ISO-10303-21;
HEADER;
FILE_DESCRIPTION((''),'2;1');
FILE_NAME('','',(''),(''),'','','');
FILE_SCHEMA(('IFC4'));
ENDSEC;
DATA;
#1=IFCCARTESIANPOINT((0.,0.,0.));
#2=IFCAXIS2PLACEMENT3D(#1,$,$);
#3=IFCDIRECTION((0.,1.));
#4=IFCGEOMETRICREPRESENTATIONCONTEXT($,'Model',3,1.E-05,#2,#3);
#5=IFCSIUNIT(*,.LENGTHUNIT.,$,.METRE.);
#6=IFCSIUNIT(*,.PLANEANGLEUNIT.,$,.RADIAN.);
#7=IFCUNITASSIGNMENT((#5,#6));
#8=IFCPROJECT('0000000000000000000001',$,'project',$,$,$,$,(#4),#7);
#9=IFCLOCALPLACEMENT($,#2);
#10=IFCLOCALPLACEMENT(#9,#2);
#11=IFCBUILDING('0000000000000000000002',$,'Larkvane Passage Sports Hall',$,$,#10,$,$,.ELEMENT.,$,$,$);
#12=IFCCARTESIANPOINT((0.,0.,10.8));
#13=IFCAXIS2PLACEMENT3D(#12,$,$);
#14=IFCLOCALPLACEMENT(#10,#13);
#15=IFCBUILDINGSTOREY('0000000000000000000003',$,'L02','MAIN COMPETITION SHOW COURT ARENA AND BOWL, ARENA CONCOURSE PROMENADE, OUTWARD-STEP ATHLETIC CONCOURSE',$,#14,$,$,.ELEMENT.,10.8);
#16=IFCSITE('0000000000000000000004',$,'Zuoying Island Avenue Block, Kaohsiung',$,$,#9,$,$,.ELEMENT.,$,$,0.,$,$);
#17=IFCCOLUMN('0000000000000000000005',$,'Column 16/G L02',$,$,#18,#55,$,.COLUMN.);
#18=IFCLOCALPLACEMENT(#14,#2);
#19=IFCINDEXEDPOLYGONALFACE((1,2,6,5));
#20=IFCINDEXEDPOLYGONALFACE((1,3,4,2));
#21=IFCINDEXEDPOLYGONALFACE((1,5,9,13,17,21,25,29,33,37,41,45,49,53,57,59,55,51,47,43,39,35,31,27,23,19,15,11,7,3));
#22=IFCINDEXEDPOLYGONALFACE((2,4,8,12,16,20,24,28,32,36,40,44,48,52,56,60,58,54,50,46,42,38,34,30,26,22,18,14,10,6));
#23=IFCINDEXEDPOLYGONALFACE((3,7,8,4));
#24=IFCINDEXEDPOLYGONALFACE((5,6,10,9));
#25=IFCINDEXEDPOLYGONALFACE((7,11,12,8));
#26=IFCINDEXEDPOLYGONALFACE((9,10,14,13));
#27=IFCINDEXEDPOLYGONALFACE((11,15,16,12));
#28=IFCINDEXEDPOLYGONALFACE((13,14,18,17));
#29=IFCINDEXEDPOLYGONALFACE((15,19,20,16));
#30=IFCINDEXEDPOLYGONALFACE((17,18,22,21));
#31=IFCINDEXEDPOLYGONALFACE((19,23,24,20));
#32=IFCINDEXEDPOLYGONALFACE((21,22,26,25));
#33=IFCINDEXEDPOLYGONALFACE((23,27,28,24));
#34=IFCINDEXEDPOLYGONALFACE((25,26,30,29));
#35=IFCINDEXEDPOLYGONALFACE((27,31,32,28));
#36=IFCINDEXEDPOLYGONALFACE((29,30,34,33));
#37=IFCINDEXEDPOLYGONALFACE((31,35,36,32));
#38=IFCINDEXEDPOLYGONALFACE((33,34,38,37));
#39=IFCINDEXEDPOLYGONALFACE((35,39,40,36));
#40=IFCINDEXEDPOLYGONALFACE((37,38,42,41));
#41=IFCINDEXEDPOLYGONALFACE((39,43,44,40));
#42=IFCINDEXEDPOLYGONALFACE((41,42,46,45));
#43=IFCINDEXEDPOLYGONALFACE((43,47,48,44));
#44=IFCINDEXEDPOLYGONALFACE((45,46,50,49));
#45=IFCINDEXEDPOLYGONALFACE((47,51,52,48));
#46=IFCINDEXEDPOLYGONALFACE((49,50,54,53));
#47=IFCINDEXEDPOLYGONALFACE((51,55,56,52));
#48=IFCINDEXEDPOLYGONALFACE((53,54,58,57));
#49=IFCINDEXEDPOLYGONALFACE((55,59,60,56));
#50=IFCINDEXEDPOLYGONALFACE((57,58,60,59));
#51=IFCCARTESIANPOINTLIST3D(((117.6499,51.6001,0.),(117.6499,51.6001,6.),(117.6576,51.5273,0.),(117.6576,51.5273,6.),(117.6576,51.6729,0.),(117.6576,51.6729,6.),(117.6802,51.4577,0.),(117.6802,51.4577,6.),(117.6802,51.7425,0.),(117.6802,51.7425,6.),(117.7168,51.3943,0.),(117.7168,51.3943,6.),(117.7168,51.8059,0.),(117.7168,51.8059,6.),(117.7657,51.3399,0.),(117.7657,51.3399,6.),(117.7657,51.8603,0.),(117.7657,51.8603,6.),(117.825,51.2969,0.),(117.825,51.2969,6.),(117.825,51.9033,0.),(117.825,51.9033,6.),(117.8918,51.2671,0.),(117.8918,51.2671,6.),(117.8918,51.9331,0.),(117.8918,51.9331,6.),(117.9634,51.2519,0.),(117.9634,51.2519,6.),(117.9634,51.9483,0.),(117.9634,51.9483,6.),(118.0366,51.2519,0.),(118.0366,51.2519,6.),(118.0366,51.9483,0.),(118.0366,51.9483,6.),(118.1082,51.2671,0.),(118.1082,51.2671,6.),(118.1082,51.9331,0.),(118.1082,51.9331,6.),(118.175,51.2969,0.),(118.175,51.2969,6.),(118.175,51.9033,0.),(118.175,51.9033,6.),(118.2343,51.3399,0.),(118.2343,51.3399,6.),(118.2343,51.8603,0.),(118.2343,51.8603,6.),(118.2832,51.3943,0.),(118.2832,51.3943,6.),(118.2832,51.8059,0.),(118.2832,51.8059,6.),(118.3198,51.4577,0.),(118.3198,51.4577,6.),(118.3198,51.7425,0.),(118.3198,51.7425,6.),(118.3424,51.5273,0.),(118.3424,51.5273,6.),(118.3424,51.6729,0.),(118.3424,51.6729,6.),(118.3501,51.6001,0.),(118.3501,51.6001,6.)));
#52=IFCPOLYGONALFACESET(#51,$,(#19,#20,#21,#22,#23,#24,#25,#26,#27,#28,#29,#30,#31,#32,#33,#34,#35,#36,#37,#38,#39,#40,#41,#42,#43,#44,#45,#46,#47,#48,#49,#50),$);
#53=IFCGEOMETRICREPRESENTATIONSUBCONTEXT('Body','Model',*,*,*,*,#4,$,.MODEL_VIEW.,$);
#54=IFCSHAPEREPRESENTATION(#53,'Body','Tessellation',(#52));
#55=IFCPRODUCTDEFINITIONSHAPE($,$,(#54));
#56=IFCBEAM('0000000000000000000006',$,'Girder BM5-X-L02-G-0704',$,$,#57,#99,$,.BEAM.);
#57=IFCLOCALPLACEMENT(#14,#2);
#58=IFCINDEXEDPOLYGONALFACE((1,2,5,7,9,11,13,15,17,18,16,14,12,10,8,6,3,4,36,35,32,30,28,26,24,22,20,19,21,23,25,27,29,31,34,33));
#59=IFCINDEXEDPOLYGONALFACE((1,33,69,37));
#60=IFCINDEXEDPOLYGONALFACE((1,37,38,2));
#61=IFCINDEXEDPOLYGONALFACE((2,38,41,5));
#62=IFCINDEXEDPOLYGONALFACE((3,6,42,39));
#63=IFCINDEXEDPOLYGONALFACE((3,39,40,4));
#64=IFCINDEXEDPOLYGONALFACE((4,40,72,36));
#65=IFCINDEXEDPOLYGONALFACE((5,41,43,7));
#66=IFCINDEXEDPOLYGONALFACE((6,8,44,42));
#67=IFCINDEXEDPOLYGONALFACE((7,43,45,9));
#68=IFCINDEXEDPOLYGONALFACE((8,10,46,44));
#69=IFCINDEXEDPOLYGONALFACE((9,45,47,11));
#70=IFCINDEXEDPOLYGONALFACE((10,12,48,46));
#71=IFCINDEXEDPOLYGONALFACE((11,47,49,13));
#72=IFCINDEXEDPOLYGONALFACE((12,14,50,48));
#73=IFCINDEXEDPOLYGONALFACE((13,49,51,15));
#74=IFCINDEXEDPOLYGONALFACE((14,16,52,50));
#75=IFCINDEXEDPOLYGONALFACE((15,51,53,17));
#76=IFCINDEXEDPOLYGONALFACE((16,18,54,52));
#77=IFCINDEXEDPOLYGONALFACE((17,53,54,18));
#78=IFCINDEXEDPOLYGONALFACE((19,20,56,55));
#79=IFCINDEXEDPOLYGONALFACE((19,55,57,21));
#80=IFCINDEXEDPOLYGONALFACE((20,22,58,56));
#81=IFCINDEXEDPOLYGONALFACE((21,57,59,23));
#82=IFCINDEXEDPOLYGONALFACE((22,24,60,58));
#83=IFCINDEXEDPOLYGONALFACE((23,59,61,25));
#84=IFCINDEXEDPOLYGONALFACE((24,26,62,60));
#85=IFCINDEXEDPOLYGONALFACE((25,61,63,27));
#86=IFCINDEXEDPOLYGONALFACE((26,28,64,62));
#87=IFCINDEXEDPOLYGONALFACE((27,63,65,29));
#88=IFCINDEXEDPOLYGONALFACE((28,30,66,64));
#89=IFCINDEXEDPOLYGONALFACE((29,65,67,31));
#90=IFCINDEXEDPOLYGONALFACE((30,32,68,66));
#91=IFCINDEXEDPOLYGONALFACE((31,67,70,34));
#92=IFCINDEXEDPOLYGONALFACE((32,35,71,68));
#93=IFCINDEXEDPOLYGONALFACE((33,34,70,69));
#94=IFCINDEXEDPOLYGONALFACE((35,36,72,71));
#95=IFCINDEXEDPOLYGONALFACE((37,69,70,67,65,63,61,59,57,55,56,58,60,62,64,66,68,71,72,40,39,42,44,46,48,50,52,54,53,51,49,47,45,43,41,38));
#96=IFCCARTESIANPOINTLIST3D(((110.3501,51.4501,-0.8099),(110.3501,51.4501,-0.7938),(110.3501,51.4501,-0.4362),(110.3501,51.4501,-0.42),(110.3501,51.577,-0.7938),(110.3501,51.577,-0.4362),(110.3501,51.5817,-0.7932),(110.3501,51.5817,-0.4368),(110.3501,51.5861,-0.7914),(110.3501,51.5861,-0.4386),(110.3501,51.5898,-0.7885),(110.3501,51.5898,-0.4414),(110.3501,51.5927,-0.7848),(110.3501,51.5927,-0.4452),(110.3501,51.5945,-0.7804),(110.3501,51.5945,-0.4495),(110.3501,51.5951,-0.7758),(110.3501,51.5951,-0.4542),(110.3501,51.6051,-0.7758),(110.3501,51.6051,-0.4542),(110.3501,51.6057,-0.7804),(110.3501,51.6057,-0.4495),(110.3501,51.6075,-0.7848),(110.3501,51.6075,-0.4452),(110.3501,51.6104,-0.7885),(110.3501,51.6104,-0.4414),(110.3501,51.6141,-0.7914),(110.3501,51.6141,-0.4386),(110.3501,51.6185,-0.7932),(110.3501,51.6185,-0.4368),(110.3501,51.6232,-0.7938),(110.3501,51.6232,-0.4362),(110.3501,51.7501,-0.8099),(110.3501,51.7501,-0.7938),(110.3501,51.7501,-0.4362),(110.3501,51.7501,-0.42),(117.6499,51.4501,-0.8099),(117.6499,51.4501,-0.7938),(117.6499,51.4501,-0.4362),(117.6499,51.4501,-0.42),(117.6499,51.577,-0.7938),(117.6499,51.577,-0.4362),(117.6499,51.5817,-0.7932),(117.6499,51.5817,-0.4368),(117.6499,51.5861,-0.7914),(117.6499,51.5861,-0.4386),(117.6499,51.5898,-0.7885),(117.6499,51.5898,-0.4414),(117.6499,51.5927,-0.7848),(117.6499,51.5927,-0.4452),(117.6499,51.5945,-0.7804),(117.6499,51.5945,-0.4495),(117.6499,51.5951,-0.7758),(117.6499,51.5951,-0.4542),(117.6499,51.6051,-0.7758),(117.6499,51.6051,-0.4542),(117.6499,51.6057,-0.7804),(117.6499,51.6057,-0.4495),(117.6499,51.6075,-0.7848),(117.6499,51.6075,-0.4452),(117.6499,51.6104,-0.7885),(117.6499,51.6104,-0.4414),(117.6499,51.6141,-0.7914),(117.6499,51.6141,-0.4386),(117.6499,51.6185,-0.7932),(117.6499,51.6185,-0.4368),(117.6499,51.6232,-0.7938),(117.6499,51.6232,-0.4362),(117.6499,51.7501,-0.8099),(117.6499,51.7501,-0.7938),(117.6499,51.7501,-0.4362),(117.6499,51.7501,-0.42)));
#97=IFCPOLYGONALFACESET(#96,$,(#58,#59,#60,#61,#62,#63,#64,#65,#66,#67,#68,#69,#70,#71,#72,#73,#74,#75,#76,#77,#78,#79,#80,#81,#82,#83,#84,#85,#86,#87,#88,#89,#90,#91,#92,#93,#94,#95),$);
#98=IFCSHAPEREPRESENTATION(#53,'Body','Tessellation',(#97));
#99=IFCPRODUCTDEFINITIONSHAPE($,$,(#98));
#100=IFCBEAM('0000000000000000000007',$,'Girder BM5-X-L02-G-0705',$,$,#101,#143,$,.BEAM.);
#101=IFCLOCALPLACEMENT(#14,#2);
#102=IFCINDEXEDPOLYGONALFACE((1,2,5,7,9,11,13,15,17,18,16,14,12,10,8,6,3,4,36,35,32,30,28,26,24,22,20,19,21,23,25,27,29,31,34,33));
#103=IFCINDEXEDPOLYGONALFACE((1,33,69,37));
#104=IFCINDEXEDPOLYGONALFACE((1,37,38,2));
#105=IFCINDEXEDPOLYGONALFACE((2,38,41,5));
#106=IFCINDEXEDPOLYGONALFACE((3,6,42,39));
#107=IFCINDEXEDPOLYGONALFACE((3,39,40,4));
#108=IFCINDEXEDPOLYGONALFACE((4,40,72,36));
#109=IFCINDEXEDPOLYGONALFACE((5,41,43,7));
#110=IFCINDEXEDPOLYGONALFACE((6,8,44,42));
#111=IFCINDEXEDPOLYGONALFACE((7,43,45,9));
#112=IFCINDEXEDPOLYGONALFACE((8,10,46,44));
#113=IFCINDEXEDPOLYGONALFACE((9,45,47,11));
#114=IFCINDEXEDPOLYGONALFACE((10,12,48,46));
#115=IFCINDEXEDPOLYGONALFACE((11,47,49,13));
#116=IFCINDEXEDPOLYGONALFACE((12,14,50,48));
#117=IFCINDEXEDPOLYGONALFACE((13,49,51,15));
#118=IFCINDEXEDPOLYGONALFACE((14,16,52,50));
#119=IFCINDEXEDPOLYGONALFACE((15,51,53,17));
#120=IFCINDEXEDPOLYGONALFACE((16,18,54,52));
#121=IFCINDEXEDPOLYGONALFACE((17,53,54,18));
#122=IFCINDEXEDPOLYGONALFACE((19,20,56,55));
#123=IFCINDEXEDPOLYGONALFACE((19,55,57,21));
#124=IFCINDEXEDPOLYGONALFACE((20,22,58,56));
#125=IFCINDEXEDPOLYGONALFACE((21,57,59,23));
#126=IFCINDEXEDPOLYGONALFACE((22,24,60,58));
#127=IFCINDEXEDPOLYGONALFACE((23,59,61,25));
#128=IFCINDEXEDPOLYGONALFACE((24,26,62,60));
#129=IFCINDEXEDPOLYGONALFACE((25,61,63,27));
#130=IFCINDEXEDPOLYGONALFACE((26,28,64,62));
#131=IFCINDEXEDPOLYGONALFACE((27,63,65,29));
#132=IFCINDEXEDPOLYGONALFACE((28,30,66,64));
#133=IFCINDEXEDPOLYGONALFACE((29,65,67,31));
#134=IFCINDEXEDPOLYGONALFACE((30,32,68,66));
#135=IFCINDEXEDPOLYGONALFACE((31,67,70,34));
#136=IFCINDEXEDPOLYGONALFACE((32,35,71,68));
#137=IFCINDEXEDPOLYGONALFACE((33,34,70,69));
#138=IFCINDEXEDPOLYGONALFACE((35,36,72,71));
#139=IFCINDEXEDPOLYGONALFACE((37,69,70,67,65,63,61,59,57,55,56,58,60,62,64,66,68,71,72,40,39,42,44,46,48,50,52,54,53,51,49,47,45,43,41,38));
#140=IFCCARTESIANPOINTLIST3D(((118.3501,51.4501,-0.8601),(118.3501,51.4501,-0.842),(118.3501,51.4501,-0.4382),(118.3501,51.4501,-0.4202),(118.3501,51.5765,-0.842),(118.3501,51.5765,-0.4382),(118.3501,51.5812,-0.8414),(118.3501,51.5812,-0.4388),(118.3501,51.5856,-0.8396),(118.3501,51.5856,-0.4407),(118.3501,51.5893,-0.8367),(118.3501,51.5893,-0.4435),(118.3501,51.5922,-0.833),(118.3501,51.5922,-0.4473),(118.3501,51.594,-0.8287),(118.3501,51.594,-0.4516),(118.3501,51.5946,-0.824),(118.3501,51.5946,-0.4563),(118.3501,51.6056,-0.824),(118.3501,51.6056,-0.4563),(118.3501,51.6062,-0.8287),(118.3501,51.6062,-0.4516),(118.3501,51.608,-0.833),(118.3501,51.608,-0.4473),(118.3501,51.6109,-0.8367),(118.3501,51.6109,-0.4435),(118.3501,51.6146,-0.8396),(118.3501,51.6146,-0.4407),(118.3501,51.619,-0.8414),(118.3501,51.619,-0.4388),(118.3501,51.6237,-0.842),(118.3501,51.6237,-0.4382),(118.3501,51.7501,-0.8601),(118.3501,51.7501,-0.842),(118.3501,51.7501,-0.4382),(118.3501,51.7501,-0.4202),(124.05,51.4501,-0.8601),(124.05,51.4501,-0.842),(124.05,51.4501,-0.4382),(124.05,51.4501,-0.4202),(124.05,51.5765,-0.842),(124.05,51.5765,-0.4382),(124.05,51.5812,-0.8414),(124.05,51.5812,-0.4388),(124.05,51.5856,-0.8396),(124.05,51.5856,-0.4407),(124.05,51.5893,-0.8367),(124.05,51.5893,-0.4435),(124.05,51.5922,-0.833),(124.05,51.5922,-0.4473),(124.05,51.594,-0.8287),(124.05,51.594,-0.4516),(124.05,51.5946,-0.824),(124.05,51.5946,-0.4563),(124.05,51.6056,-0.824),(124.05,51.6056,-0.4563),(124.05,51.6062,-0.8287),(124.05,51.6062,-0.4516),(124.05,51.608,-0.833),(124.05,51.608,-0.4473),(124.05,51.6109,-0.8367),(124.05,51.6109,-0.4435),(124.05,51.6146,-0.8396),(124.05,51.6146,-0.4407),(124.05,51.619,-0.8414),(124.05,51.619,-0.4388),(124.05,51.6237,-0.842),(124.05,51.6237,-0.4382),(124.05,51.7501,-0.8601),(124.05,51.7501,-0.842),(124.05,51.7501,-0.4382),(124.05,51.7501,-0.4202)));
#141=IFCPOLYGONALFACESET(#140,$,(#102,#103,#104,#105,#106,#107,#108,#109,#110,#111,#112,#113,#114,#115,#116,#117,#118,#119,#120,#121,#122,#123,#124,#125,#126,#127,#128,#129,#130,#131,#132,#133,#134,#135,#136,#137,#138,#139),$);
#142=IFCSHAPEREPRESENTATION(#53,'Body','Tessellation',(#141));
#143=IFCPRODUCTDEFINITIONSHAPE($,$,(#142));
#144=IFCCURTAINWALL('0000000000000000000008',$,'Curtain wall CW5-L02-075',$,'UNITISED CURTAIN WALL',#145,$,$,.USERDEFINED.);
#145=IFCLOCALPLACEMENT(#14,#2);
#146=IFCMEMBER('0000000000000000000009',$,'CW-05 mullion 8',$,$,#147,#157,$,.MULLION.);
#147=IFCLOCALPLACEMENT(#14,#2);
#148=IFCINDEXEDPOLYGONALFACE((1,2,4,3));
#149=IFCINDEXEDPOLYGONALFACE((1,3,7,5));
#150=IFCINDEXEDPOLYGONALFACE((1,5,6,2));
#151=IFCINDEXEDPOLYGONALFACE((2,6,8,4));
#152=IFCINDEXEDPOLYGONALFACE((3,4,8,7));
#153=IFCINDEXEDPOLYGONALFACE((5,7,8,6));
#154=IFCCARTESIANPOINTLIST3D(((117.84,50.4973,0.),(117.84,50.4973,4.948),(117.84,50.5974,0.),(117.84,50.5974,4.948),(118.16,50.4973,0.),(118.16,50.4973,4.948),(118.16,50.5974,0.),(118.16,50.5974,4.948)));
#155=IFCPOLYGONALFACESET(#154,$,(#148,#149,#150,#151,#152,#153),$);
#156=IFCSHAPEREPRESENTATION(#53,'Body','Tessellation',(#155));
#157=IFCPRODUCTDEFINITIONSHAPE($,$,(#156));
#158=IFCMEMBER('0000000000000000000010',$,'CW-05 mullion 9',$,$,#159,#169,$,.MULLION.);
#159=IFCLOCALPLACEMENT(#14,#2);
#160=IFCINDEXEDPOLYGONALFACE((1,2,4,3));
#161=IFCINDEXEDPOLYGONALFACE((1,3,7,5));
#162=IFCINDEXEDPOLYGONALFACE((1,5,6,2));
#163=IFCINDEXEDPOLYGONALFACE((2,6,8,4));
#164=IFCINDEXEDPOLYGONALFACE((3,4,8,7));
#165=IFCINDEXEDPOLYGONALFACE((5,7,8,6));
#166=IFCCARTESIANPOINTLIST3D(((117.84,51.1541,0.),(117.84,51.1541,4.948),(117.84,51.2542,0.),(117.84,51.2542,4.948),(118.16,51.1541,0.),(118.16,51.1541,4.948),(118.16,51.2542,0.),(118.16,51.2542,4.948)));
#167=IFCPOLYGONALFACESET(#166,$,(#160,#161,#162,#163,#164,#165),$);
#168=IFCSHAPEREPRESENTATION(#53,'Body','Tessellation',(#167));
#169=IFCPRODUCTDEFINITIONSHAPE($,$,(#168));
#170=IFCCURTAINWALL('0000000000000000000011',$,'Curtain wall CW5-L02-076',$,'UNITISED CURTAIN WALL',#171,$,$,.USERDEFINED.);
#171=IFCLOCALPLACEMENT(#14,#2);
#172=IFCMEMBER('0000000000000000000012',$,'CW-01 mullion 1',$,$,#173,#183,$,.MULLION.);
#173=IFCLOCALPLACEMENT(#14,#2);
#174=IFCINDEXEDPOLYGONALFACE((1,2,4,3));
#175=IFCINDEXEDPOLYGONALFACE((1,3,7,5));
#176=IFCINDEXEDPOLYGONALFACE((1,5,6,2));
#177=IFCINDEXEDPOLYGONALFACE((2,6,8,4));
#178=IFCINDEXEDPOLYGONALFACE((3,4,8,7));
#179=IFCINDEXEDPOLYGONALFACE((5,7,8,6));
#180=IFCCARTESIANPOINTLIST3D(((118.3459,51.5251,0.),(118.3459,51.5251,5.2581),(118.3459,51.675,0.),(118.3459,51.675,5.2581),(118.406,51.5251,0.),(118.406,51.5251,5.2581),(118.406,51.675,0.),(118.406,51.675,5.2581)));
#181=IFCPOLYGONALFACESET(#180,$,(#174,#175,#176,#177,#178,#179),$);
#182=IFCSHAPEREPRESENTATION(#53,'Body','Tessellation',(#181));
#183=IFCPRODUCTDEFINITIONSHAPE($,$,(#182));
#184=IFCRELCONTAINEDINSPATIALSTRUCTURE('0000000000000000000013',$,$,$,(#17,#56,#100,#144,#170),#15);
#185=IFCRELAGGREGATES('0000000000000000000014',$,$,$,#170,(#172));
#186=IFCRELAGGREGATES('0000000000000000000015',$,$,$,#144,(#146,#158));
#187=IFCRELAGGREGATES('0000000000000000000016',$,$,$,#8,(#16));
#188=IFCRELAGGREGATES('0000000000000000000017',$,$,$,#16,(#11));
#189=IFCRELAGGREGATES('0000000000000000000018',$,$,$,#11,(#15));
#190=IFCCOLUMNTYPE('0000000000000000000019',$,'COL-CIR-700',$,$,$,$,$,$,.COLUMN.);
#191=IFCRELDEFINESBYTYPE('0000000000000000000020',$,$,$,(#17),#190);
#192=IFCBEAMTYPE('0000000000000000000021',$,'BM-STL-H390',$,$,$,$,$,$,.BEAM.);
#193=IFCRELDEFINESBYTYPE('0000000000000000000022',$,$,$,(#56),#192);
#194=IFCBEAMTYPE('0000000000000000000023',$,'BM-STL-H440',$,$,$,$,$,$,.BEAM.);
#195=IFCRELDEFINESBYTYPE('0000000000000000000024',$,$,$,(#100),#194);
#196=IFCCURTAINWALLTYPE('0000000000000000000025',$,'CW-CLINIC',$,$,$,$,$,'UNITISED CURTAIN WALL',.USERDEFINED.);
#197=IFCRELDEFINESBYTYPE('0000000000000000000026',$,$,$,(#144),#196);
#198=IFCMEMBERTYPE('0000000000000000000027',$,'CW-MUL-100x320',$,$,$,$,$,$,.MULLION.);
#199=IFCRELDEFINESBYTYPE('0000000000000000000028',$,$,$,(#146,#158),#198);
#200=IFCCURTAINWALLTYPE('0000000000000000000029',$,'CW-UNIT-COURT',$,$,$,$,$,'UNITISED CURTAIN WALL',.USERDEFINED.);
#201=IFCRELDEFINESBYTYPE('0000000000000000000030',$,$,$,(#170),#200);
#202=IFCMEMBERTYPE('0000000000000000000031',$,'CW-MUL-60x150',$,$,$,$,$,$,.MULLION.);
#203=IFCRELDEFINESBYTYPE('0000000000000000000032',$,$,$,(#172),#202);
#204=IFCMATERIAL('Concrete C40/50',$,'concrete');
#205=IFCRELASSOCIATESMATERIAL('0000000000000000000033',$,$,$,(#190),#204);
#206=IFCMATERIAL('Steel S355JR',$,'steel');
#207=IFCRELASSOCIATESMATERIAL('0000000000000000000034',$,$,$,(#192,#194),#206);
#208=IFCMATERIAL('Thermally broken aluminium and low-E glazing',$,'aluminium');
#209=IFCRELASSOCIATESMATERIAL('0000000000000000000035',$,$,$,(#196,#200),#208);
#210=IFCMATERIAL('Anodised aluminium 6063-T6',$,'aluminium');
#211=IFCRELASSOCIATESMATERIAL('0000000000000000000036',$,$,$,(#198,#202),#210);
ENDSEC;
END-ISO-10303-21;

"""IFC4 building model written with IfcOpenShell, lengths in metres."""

from ifc_helpers import new_model, si_unit, direction, frame, origin, origin_2d, place, context, subcontext, project, spatial, rectangle, circle, i_section, extrude, material, material_profile, profile_set, type_object, element, aggregate, save


model = new_model("IFC4")

# Units and contexts
model_context = context("Model", 3, precision=1e-05, world=origin(), true_north=direction((0.0, 1.0)))
body_context = subcontext(model_context, "Body", "Model", "MODEL_VIEW")
ifc_project = project(units=[si_unit("LENGTHUNIT", "METRE"), si_unit("PLANEANGLEUNIT", "RADIAN")], contexts=[model_context])

# Site, building, storey
site_placement = place(None, origin())
site = spatial("IfcSite", under=ifc_project, at=site_placement, Name="Zuoying Island Avenue Block, Kaohsiung", CompositionType="ELEMENT", RefElevation=0.0)
building_placement = place(site_placement, origin())
building = spatial("IfcBuilding", under=site, at=building_placement, Name="Larkvane Passage Sports Hall", CompositionType="ELEMENT")
storey_placement = place(building_placement, frame((0.0, 0.0, 10.8)))
storey = spatial("IfcBuildingStorey", under=building, at=storey_placement, Name="L02", Description="MAIN COMPETITION SHOW COURT ARENA AND BOWL, ARENA CONCOURSE PROMENADE, OUTWARD-STEP ATHLETIC CONCOURSE", CompositionType="ELEMENT", Elevation=10.8)

# Column
ifc_material_1 = material(Name="Concrete C40/50", Category="concrete")
ifc_material_profile_1 = material_profile(ifc_material_1, circle(Radius=0.3501, at=origin_2d()), Name="RC-CIR-700")
ifc_profile_set_1 = profile_set([ifc_material_profile_1], Name="Concrete C40/50")
column_type = type_object("IfcColumnType", Name="COL-CIR-700", PredefinedType="COLUMN", material=ifc_profile_set_1)
column_placement = place(storey_placement, frame((118.0, 51.6001, 0.0), z_axis=(0.0, 0.0, 1.0), x_axis=(1.0, 0.0, 0.0)))
element("IfcColumn", 1, at=column_placement, inside=storey, type_object=column_type, Name="Column 16/G L02", PredefinedType="COLUMN", context=body_context, shape_type="SweptSolid", body=[
    extrude(circle(Radius=0.3501, at=origin_2d()), origin(), (0.0, 0.0, 1.0), 6.0),
])

# Beams
ifc_material_2 = material(Name="Steel S355JR", Category="steel")
ifc_material_profile_2 = material_profile(ifc_material_2, i_section(OverallWidth=0.3, OverallDepth=0.3899, WebThickness=0.01, FlangeThickness=0.0161, FilletRadius=0.0181, at=origin_2d()), Name="H-390x300x10x16")
ifc_profile_set_2 = profile_set([ifc_material_profile_2], Name="Steel S355JR")
beam_type_1 = type_object("IfcBeamType", Name="BM-STL-H390", PredefinedType="BEAM", material=ifc_profile_set_2)
beam_1_placement = place(storey_placement, frame((110.3501, 51.6001, -0.615), z_axis=(1.0, 0.0, 0.0), x_axis=(0.0, 1.0, 0.0)))
element("IfcBeam", 2, at=beam_1_placement, inside=storey, type_object=beam_type_1, Name="Girder BM5-X-L02-G-0704", PredefinedType="BEAM", context=body_context, shape_type="SweptSolid", body=[
    extrude(i_section(OverallWidth=0.3, OverallDepth=0.3899, WebThickness=0.01, FlangeThickness=0.0161, FilletRadius=0.0181, at=origin_2d()), origin(), (0.0, 0.0, 1.0), 7.2998),
])
ifc_material_profile_3 = material_profile(ifc_material_2, i_section(OverallWidth=0.3, OverallDepth=0.4399, WebThickness=0.011, FlangeThickness=0.0181, FilletRadius=0.0181, at=origin_2d()), Name="H-440x300x11x18")
ifc_profile_set_3 = profile_set([ifc_material_profile_3], Name="Steel S355JR")
beam_type_2 = type_object("IfcBeamType", Name="BM-STL-H440", PredefinedType="BEAM", material=ifc_profile_set_3)
beam_2_placement = place(storey_placement, frame((118.3501, 51.6001, -0.6401), z_axis=(1.0, 0.0, 0.0), x_axis=(0.0, 1.0, 0.0)))
element("IfcBeam", 3, at=beam_2_placement, inside=storey, type_object=beam_type_2, Name="Girder BM5-X-L02-G-0705", PredefinedType="BEAM", context=body_context, shape_type="SweptSolid", body=[
    extrude(i_section(OverallWidth=0.3, OverallDepth=0.4399, WebThickness=0.011, FlangeThickness=0.0181, FilletRadius=0.0181, at=origin_2d()), origin(), (0.0, 0.0, 1.0), 5.7),
])

# Curtain wall, members
ifc_material_3 = material(Name="Thermally broken aluminium and low-E glazing", Category="aluminium")
curtain_wall_type_1 = type_object("IfcCurtainWallType", Name="CW-CLINIC", ElementType="UNITISED CURTAIN WALL", PredefinedType="USERDEFINED", material=ifc_material_3)
curtain_wall_1_placement = place(storey_placement, origin())
curtain_wall_1 = element("IfcCurtainWall", 4, at=curtain_wall_1_placement, inside=storey, type_object=curtain_wall_type_1, Name="Curtain wall CW5-L02-075", ObjectType="UNITISED CURTAIN WALL", PredefinedType="USERDEFINED")
ifc_material_4 = material(Name="Anodised aluminium 6063-T6", Category="aluminium")
ifc_material_profile_4 = material_profile(ifc_material_4, rectangle(XDim=0.1001, YDim=0.3201, at=origin_2d()), Name="ALU-MUL-100x320")
ifc_profile_set_4 = profile_set([ifc_material_profile_4], Name="Anodised aluminium 6063-T6")
member_type_1 = type_object("IfcMemberType", Name="CW-MUL-100x320", PredefinedType="MULLION", material=ifc_profile_set_4)
member_1_placement = place(storey_placement, frame((118.0, 50.5474, 0.0), z_axis=(0.0, 0.0, 1.0), x_axis=(0.0, 1.0, 0.0)))
member_1 = element("IfcMember", 5, at=member_1_placement, type_object=member_type_1, Name="CW-05 mullion 8", PredefinedType="MULLION", context=body_context, shape_type="SweptSolid", body=[
    extrude(rectangle(XDim=0.1001, YDim=0.3201, at=origin_2d()), origin(), (0.0, 0.0, 1.0), 4.948),
])
member_2_placement = place(storey_placement, frame((118.0, 51.2041, 0.0), z_axis=(0.0, 0.0, 1.0), x_axis=(0.0, 1.0, 0.0)))
member_2 = element("IfcMember", 6, at=member_2_placement, type_object=member_type_1, Name="CW-05 mullion 9", PredefinedType="MULLION", context=body_context, shape_type="SweptSolid", body=[
    extrude(rectangle(XDim=0.1001, YDim=0.3201, at=origin_2d()), origin(), (0.0, 0.0, 1.0), 4.948),
])

# Curtain wall, member
curtain_wall_type_2 = type_object("IfcCurtainWallType", Name="CW-UNIT-COURT", ElementType="UNITISED CURTAIN WALL", PredefinedType="USERDEFINED", material=ifc_material_3)
curtain_wall_2_placement = place(storey_placement, origin())
curtain_wall_2 = element("IfcCurtainWall", 7, at=curtain_wall_2_placement, inside=storey, type_object=curtain_wall_type_2, Name="Curtain wall CW5-L02-076", ObjectType="UNITISED CURTAIN WALL", PredefinedType="USERDEFINED")
ifc_material_profile_5 = material_profile(ifc_material_4, rectangle(XDim=0.0601, YDim=0.1499, at=origin_2d()), Name="ALU-MUL-60x150")
ifc_profile_set_5 = profile_set([ifc_material_profile_5], Name="Anodised aluminium 6063-T6")
member_type_2 = type_object("IfcMemberType", Name="CW-MUL-60x150", PredefinedType="MULLION", material=ifc_profile_set_5)
member_3_placement = place(storey_placement, frame((118.376, 51.6001, 0.0), z_axis=(0.0, 0.0, 1.0), x_axis=(1.0, 0.0, 0.0)))
member_3 = element("IfcMember", 8, at=member_3_placement, type_object=member_type_2, Name="CW-01 mullion 1", PredefinedType="MULLION", context=body_context, shape_type="SweptSolid", body=[
    extrude(rectangle(XDim=0.0601, YDim=0.1499, at=origin_2d()), origin(), (0.0, 0.0, 1.0), 5.2581),
])

aggregate(curtain_wall_2, [member_3])
aggregate(curtain_wall_1, [member_1, member_2])

save(model, "model.ifc")
